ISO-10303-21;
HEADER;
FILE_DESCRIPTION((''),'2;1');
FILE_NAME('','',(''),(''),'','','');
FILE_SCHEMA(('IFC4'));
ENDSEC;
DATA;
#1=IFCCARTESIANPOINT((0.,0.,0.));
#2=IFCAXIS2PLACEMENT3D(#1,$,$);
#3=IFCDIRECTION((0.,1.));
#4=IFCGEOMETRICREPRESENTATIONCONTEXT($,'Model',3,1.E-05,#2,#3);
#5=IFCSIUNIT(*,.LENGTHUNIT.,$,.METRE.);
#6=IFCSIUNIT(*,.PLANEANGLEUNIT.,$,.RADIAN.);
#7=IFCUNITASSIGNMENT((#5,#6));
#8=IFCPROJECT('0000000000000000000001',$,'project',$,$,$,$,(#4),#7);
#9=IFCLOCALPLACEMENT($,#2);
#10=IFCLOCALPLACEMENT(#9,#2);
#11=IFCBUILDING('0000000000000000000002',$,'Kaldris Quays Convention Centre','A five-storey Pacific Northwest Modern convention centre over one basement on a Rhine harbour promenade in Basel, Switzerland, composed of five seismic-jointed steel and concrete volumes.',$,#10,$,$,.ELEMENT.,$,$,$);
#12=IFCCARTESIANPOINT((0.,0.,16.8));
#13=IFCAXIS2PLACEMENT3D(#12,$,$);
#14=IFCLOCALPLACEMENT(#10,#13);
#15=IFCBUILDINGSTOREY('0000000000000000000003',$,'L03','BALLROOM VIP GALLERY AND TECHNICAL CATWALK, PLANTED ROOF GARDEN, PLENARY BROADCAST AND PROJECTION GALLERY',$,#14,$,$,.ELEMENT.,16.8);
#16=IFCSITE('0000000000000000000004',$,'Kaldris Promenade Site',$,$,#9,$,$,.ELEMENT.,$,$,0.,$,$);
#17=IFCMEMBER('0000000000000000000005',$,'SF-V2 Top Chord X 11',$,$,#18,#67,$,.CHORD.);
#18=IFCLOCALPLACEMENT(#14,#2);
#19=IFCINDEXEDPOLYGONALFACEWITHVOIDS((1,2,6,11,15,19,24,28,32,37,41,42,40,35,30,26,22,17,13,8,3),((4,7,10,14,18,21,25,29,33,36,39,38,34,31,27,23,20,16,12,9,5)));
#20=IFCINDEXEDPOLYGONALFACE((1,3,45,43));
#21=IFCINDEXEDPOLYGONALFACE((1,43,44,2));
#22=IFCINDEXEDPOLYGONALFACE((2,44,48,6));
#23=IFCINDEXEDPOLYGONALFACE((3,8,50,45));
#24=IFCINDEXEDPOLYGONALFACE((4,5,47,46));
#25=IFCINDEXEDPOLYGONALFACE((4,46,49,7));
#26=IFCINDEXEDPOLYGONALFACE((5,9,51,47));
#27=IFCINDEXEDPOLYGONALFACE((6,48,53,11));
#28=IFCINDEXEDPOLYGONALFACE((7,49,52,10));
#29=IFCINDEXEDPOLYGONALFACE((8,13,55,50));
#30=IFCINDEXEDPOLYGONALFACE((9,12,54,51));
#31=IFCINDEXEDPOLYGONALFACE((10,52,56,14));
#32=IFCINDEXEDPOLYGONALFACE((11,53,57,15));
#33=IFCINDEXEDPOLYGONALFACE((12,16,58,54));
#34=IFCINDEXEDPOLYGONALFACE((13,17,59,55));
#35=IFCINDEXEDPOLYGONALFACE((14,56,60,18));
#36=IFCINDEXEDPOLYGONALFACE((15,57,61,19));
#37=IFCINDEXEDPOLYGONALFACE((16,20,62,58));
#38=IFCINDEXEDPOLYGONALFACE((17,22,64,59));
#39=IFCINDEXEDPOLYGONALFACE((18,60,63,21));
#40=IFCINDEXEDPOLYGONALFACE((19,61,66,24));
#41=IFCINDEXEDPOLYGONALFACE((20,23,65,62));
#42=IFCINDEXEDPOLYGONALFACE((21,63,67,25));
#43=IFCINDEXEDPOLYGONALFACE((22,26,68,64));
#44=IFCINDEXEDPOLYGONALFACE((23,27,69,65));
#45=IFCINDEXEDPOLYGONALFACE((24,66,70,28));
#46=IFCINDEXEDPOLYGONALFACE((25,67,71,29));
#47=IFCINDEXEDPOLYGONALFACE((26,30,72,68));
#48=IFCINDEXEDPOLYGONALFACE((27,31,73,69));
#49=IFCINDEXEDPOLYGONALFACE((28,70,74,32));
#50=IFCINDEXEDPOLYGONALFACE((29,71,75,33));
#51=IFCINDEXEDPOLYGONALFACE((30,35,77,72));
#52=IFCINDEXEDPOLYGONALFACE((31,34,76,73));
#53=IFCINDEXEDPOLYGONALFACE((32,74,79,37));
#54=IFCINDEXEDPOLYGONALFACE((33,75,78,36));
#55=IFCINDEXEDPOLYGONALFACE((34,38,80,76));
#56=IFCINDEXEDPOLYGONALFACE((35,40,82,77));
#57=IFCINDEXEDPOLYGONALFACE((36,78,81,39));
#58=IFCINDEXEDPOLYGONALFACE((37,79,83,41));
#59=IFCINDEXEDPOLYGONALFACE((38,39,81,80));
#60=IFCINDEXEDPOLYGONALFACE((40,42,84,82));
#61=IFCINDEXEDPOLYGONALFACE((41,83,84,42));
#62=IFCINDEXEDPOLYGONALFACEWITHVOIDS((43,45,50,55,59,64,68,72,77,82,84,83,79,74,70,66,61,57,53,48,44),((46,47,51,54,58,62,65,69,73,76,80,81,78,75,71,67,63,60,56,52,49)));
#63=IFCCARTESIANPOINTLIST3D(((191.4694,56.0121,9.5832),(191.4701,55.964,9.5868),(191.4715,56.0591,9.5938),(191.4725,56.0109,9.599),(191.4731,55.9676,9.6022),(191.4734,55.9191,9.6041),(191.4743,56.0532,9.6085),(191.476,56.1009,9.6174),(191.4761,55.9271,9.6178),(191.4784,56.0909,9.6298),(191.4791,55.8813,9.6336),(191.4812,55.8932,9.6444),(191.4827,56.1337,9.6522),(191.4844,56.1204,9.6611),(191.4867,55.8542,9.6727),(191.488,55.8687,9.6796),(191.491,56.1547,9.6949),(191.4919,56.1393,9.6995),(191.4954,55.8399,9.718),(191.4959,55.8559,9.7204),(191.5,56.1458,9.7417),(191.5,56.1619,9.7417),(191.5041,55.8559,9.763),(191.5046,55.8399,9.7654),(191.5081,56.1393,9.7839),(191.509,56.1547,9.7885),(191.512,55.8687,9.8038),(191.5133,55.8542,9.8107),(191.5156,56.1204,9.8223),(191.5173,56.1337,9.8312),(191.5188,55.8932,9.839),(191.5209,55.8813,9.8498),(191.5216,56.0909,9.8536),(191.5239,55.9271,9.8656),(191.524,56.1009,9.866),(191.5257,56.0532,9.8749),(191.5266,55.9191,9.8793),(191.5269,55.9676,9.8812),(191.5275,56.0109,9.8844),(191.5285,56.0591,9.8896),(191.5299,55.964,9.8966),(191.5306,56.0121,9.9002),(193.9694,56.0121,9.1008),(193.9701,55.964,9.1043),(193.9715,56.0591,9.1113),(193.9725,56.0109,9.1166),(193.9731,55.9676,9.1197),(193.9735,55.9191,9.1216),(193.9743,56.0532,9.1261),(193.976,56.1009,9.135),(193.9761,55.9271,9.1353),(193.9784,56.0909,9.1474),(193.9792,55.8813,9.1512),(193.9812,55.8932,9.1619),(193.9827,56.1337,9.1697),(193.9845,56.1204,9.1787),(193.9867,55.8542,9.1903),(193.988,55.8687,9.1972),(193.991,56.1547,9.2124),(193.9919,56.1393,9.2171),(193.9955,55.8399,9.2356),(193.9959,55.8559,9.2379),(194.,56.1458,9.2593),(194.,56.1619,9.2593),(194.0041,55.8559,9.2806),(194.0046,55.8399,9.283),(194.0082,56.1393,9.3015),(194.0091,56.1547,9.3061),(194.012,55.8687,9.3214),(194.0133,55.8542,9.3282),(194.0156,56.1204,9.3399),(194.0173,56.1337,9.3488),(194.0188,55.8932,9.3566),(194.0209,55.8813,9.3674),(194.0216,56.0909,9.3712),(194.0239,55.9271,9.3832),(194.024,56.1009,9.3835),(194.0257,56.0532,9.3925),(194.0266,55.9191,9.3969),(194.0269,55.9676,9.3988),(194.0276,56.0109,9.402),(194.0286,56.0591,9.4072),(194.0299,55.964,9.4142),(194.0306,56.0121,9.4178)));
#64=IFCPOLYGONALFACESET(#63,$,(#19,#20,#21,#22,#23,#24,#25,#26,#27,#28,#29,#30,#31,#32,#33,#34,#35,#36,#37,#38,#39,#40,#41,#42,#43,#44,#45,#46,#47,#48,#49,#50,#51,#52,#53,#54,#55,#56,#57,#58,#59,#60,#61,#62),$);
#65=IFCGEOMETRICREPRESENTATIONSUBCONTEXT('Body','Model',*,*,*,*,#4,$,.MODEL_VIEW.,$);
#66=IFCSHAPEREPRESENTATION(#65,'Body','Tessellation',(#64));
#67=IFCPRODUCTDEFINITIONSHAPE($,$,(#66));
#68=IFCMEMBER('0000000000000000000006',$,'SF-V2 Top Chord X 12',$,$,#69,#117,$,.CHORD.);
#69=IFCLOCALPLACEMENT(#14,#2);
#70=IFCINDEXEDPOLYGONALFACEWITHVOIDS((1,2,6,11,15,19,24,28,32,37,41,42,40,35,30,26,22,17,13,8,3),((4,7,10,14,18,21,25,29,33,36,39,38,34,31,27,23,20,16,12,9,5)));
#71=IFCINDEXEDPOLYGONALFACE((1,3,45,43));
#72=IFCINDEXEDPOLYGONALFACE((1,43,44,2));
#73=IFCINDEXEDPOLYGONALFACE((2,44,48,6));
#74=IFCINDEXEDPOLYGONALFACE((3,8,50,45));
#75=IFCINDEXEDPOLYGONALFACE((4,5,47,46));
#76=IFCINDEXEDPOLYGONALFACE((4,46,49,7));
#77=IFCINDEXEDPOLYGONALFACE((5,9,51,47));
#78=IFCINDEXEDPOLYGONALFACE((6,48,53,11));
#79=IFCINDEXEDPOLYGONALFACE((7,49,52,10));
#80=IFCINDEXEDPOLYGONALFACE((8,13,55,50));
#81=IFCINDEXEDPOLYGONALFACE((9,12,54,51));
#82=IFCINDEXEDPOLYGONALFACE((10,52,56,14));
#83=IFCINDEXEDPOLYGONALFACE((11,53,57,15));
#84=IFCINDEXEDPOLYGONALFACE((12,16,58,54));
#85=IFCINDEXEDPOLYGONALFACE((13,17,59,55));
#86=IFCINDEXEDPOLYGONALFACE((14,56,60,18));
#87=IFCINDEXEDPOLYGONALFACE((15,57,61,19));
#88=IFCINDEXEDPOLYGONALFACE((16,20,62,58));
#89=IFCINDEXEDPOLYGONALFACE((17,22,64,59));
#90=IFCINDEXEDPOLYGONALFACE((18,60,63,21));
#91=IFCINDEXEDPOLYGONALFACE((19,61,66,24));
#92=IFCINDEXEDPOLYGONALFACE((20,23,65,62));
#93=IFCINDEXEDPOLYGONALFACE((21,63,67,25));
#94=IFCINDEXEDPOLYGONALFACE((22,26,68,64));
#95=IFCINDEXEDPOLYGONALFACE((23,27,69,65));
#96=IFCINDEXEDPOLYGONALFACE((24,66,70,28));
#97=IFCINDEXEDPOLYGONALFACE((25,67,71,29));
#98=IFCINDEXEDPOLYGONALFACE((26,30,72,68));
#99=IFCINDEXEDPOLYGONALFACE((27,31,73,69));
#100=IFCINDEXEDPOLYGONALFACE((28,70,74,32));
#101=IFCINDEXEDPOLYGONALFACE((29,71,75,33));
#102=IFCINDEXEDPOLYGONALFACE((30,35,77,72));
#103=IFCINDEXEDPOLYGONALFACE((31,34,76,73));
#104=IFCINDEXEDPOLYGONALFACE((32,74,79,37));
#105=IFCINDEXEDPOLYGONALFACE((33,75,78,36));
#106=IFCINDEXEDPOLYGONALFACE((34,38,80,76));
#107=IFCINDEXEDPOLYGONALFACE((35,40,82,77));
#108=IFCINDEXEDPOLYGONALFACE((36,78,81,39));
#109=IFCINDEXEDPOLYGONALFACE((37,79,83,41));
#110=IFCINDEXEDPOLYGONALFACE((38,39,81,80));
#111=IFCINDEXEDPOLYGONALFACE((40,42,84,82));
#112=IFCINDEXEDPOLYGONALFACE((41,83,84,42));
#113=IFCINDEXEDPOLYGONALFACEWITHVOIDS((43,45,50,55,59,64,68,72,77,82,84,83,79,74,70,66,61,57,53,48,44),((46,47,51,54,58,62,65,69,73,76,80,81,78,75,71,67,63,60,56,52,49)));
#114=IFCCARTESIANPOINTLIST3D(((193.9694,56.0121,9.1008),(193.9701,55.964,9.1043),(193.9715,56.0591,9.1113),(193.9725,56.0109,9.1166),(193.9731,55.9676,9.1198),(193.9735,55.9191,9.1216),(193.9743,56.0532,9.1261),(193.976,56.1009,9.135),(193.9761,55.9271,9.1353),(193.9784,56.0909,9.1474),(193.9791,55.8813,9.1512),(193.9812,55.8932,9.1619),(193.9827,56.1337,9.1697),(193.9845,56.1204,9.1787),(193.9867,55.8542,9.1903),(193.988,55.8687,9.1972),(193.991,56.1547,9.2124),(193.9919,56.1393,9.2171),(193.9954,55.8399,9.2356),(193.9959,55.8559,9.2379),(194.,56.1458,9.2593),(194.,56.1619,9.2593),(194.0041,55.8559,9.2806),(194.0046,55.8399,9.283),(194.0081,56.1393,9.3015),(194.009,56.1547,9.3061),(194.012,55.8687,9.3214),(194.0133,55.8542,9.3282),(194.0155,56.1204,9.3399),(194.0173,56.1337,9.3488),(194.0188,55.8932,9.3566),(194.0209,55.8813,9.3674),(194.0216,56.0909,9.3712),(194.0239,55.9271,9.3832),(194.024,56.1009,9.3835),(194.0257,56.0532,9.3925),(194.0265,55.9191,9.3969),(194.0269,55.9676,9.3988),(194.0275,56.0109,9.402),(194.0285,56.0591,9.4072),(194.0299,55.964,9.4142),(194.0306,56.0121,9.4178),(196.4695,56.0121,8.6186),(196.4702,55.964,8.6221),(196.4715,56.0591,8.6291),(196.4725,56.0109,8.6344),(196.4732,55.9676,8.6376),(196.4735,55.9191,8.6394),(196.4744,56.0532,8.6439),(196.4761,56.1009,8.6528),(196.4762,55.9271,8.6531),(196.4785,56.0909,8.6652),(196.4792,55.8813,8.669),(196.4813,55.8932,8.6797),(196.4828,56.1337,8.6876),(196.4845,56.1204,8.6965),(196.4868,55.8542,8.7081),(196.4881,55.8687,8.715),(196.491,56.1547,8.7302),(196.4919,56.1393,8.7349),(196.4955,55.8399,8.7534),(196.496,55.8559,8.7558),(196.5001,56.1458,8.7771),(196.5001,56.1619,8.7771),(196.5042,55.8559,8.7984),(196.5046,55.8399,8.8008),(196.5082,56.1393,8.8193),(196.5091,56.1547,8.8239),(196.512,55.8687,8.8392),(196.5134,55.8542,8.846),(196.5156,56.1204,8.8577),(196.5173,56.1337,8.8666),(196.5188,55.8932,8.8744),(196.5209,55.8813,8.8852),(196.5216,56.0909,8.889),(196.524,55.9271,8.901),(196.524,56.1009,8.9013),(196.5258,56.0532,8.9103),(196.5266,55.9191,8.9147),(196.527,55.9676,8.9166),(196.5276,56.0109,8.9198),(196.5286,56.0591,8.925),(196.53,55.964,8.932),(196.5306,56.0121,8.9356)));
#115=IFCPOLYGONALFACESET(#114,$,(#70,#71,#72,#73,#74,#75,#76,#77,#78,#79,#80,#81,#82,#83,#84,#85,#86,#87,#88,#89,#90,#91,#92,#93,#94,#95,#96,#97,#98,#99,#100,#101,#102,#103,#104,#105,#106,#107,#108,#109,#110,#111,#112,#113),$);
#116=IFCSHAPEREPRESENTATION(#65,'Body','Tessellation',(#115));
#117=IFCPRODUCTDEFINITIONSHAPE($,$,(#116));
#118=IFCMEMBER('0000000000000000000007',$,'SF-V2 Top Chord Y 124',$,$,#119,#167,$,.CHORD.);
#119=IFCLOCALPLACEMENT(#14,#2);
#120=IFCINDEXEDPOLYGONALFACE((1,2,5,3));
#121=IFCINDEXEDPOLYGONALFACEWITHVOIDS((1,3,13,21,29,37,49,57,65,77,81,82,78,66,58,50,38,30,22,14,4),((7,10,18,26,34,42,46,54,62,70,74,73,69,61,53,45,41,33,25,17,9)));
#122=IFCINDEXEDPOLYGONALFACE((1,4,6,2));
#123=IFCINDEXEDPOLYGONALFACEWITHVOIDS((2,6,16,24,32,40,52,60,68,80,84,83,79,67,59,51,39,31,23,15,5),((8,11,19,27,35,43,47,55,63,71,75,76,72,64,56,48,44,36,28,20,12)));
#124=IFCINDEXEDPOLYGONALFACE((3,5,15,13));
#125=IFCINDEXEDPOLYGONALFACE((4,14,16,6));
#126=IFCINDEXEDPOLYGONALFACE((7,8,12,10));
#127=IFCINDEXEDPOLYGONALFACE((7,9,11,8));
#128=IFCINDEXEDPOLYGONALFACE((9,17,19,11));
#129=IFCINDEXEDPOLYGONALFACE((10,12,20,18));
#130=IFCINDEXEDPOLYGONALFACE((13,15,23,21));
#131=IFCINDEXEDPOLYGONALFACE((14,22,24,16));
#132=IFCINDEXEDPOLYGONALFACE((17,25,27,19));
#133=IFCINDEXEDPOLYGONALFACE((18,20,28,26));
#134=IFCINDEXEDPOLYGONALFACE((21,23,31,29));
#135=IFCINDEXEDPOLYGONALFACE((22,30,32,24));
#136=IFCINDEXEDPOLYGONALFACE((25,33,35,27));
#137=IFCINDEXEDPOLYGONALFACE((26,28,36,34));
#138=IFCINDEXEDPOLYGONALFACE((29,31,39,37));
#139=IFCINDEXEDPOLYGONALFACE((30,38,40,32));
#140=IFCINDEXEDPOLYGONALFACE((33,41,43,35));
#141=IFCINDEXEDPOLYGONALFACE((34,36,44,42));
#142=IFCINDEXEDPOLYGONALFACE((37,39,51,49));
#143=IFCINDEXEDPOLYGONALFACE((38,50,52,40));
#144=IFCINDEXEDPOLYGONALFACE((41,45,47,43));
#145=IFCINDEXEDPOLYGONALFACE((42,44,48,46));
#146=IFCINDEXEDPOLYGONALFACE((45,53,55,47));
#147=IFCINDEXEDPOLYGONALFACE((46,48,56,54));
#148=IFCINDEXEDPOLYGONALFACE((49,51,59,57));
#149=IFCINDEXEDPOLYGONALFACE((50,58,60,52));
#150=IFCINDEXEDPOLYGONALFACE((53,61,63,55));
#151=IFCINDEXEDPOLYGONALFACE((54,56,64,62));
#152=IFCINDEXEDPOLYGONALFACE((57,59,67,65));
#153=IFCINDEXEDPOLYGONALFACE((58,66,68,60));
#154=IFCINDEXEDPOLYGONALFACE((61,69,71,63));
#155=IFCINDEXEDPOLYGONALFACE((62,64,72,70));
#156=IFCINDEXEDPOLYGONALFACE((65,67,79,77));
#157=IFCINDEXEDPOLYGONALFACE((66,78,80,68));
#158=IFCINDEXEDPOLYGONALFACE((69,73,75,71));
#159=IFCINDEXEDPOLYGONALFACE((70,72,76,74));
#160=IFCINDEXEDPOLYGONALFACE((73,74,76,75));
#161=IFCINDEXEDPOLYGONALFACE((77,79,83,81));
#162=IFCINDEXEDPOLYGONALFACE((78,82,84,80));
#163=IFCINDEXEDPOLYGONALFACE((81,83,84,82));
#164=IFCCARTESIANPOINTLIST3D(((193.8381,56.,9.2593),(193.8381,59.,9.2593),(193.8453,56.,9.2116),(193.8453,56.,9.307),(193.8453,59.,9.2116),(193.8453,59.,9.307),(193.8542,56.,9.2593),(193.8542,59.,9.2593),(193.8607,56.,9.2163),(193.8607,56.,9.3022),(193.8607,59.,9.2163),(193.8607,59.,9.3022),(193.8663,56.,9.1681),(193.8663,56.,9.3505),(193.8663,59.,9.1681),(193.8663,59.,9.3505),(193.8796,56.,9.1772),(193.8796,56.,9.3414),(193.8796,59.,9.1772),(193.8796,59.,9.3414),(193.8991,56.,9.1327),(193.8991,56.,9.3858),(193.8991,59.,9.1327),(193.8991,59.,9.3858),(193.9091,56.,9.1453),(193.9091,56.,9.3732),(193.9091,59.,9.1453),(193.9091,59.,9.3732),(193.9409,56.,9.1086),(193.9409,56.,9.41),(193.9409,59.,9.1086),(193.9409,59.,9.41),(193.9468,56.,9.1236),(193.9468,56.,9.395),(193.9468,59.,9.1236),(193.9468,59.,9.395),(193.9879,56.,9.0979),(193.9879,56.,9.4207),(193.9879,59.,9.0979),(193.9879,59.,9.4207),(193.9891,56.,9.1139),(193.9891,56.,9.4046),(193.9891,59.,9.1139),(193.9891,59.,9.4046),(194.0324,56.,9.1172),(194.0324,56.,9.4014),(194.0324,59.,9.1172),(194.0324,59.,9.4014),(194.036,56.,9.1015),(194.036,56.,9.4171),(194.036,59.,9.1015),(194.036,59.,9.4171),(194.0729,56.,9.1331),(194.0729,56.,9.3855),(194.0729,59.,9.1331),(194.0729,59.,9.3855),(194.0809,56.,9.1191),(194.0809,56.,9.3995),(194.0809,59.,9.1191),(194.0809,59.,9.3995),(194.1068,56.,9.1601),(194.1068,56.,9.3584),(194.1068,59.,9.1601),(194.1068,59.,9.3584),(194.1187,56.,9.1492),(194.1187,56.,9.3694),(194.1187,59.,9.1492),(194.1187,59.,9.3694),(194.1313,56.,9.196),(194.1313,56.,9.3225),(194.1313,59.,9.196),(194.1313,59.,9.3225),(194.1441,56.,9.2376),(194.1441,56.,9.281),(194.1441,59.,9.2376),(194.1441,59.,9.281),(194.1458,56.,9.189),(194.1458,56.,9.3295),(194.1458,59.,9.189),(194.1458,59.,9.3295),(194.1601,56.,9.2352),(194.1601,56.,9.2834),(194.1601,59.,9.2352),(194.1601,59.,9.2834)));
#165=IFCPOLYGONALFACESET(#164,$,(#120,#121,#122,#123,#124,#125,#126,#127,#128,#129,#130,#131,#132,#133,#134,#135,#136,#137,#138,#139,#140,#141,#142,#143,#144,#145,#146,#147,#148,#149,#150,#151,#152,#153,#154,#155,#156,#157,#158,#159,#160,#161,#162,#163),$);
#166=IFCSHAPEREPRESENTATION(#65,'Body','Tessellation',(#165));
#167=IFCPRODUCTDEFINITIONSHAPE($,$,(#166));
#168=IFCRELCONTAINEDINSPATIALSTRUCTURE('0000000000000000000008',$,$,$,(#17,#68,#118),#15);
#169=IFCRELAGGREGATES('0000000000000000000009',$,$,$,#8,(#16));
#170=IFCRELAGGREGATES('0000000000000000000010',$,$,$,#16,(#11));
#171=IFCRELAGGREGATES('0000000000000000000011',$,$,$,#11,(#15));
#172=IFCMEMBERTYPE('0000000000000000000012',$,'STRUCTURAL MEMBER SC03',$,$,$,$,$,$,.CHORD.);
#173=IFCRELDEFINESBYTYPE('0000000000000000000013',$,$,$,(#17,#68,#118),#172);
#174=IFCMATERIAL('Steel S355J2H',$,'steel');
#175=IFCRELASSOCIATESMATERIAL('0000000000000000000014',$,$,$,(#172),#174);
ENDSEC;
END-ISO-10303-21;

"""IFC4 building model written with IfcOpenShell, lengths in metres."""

from ifc_helpers import new_model, si_unit, direction, frame, origin, origin_2d, place, context, subcontext, project, spatial, hollow_circle, extrude, material, material_profile, profile_set, type_object, element, save


model = new_model("IFC4")

# Units and contexts
model_context = context("Model", 3, precision=1e-05, world=origin(), true_north=direction((0.0, 1.0)))
body_context = subcontext(model_context, "Body", "Model", "MODEL_VIEW")
ifc_project = project(units=[si_unit("LENGTHUNIT", "METRE"), si_unit("PLANEANGLEUNIT", "RADIAN")], contexts=[model_context])

# Site, building, storey
site_placement = place(None, origin())
site = spatial("IfcSite", under=ifc_project, at=site_placement, Name="Kaldris Promenade Site", CompositionType="ELEMENT", RefElevation=0.0)
building_placement = place(site_placement, origin())
building = spatial("IfcBuilding", under=site, at=building_placement, Name="Kaldris Quays Convention Centre", Description="A five-storey Pacific Northwest Modern convention centre over one basement on a Rhine harbour promenade in Basel, Switzerland, composed of five seismic-jointed steel and concrete volumes.", CompositionType="ELEMENT")
storey_placement = place(building_placement, frame((0.0, 0.0, 16.8)))
storey = spatial("IfcBuildingStorey", under=building, at=storey_placement, Name="L03", Description="BALLROOM VIP GALLERY AND TECHNICAL CATWALK, PLANTED ROOF GARDEN, PLENARY BROADCAST AND PROJECTION GALLERY", CompositionType="ELEMENT", Elevation=16.8)

# Members
ifc_material_1 = material(Name="Steel S355J2H", Category="steel")
ifc_material_profile_1 = material_profile(ifc_material_1, hollow_circle(Radius=0.1619, WallThickness=0.0161, at=origin_2d()), Name="CHS 323.9x16")
ifc_profile_set_1 = profile_set([ifc_material_profile_1], Name="Steel S355J2H")
member_type_1 = type_object("IfcMemberType", Name="STRUCTURAL MEMBER SC03", PredefinedType="CHORD", material=ifc_profile_set_1)
for number, where, z_axis, x_axis, name in (
    (1, (191.5, 56.0, 9.7417), (0.981886, 0.0, -0.189473), (0.0, 1.0, 0.0), "SF-V2 Top Chord X 11"),
    (2, (194.0, 56.0, 9.2593), (0.981904, 0.0, -0.189381), (0.0, 1.0, 0.0), "SF-V2 Top Chord X 12"),
):
    element("IfcMember", number, at=place(storey_placement, frame(where, z_axis=z_axis, x_axis=x_axis)), inside=storey, type_object=member_type_1, Name=name, PredefinedType="CHORD", context=body_context, shape_type="SweptSolid", body=[
        extrude(hollow_circle(Radius=0.1619, WallThickness=0.0161, at=origin_2d()), origin(), (0.0, 0.0, 1.0), 2.5461),
    ])
member_1_placement = place(storey_placement, frame((194.0, 56.0, 9.2593), z_axis=(0.0, 1.0, 0.0), x_axis=(-1.0, 0.0, 0.0)))
element("IfcMember", 3, at=member_1_placement, inside=storey, type_object=member_type_1, Name="SF-V2 Top Chord Y 124", PredefinedType="CHORD", context=body_context, shape_type="SweptSolid", body=[
    extrude(hollow_circle(Radius=0.1619, WallThickness=0.0161, at=origin_2d()), origin(), (0.0, 0.0, 1.0), 3.0),
])

save(model, "model.ifc")
